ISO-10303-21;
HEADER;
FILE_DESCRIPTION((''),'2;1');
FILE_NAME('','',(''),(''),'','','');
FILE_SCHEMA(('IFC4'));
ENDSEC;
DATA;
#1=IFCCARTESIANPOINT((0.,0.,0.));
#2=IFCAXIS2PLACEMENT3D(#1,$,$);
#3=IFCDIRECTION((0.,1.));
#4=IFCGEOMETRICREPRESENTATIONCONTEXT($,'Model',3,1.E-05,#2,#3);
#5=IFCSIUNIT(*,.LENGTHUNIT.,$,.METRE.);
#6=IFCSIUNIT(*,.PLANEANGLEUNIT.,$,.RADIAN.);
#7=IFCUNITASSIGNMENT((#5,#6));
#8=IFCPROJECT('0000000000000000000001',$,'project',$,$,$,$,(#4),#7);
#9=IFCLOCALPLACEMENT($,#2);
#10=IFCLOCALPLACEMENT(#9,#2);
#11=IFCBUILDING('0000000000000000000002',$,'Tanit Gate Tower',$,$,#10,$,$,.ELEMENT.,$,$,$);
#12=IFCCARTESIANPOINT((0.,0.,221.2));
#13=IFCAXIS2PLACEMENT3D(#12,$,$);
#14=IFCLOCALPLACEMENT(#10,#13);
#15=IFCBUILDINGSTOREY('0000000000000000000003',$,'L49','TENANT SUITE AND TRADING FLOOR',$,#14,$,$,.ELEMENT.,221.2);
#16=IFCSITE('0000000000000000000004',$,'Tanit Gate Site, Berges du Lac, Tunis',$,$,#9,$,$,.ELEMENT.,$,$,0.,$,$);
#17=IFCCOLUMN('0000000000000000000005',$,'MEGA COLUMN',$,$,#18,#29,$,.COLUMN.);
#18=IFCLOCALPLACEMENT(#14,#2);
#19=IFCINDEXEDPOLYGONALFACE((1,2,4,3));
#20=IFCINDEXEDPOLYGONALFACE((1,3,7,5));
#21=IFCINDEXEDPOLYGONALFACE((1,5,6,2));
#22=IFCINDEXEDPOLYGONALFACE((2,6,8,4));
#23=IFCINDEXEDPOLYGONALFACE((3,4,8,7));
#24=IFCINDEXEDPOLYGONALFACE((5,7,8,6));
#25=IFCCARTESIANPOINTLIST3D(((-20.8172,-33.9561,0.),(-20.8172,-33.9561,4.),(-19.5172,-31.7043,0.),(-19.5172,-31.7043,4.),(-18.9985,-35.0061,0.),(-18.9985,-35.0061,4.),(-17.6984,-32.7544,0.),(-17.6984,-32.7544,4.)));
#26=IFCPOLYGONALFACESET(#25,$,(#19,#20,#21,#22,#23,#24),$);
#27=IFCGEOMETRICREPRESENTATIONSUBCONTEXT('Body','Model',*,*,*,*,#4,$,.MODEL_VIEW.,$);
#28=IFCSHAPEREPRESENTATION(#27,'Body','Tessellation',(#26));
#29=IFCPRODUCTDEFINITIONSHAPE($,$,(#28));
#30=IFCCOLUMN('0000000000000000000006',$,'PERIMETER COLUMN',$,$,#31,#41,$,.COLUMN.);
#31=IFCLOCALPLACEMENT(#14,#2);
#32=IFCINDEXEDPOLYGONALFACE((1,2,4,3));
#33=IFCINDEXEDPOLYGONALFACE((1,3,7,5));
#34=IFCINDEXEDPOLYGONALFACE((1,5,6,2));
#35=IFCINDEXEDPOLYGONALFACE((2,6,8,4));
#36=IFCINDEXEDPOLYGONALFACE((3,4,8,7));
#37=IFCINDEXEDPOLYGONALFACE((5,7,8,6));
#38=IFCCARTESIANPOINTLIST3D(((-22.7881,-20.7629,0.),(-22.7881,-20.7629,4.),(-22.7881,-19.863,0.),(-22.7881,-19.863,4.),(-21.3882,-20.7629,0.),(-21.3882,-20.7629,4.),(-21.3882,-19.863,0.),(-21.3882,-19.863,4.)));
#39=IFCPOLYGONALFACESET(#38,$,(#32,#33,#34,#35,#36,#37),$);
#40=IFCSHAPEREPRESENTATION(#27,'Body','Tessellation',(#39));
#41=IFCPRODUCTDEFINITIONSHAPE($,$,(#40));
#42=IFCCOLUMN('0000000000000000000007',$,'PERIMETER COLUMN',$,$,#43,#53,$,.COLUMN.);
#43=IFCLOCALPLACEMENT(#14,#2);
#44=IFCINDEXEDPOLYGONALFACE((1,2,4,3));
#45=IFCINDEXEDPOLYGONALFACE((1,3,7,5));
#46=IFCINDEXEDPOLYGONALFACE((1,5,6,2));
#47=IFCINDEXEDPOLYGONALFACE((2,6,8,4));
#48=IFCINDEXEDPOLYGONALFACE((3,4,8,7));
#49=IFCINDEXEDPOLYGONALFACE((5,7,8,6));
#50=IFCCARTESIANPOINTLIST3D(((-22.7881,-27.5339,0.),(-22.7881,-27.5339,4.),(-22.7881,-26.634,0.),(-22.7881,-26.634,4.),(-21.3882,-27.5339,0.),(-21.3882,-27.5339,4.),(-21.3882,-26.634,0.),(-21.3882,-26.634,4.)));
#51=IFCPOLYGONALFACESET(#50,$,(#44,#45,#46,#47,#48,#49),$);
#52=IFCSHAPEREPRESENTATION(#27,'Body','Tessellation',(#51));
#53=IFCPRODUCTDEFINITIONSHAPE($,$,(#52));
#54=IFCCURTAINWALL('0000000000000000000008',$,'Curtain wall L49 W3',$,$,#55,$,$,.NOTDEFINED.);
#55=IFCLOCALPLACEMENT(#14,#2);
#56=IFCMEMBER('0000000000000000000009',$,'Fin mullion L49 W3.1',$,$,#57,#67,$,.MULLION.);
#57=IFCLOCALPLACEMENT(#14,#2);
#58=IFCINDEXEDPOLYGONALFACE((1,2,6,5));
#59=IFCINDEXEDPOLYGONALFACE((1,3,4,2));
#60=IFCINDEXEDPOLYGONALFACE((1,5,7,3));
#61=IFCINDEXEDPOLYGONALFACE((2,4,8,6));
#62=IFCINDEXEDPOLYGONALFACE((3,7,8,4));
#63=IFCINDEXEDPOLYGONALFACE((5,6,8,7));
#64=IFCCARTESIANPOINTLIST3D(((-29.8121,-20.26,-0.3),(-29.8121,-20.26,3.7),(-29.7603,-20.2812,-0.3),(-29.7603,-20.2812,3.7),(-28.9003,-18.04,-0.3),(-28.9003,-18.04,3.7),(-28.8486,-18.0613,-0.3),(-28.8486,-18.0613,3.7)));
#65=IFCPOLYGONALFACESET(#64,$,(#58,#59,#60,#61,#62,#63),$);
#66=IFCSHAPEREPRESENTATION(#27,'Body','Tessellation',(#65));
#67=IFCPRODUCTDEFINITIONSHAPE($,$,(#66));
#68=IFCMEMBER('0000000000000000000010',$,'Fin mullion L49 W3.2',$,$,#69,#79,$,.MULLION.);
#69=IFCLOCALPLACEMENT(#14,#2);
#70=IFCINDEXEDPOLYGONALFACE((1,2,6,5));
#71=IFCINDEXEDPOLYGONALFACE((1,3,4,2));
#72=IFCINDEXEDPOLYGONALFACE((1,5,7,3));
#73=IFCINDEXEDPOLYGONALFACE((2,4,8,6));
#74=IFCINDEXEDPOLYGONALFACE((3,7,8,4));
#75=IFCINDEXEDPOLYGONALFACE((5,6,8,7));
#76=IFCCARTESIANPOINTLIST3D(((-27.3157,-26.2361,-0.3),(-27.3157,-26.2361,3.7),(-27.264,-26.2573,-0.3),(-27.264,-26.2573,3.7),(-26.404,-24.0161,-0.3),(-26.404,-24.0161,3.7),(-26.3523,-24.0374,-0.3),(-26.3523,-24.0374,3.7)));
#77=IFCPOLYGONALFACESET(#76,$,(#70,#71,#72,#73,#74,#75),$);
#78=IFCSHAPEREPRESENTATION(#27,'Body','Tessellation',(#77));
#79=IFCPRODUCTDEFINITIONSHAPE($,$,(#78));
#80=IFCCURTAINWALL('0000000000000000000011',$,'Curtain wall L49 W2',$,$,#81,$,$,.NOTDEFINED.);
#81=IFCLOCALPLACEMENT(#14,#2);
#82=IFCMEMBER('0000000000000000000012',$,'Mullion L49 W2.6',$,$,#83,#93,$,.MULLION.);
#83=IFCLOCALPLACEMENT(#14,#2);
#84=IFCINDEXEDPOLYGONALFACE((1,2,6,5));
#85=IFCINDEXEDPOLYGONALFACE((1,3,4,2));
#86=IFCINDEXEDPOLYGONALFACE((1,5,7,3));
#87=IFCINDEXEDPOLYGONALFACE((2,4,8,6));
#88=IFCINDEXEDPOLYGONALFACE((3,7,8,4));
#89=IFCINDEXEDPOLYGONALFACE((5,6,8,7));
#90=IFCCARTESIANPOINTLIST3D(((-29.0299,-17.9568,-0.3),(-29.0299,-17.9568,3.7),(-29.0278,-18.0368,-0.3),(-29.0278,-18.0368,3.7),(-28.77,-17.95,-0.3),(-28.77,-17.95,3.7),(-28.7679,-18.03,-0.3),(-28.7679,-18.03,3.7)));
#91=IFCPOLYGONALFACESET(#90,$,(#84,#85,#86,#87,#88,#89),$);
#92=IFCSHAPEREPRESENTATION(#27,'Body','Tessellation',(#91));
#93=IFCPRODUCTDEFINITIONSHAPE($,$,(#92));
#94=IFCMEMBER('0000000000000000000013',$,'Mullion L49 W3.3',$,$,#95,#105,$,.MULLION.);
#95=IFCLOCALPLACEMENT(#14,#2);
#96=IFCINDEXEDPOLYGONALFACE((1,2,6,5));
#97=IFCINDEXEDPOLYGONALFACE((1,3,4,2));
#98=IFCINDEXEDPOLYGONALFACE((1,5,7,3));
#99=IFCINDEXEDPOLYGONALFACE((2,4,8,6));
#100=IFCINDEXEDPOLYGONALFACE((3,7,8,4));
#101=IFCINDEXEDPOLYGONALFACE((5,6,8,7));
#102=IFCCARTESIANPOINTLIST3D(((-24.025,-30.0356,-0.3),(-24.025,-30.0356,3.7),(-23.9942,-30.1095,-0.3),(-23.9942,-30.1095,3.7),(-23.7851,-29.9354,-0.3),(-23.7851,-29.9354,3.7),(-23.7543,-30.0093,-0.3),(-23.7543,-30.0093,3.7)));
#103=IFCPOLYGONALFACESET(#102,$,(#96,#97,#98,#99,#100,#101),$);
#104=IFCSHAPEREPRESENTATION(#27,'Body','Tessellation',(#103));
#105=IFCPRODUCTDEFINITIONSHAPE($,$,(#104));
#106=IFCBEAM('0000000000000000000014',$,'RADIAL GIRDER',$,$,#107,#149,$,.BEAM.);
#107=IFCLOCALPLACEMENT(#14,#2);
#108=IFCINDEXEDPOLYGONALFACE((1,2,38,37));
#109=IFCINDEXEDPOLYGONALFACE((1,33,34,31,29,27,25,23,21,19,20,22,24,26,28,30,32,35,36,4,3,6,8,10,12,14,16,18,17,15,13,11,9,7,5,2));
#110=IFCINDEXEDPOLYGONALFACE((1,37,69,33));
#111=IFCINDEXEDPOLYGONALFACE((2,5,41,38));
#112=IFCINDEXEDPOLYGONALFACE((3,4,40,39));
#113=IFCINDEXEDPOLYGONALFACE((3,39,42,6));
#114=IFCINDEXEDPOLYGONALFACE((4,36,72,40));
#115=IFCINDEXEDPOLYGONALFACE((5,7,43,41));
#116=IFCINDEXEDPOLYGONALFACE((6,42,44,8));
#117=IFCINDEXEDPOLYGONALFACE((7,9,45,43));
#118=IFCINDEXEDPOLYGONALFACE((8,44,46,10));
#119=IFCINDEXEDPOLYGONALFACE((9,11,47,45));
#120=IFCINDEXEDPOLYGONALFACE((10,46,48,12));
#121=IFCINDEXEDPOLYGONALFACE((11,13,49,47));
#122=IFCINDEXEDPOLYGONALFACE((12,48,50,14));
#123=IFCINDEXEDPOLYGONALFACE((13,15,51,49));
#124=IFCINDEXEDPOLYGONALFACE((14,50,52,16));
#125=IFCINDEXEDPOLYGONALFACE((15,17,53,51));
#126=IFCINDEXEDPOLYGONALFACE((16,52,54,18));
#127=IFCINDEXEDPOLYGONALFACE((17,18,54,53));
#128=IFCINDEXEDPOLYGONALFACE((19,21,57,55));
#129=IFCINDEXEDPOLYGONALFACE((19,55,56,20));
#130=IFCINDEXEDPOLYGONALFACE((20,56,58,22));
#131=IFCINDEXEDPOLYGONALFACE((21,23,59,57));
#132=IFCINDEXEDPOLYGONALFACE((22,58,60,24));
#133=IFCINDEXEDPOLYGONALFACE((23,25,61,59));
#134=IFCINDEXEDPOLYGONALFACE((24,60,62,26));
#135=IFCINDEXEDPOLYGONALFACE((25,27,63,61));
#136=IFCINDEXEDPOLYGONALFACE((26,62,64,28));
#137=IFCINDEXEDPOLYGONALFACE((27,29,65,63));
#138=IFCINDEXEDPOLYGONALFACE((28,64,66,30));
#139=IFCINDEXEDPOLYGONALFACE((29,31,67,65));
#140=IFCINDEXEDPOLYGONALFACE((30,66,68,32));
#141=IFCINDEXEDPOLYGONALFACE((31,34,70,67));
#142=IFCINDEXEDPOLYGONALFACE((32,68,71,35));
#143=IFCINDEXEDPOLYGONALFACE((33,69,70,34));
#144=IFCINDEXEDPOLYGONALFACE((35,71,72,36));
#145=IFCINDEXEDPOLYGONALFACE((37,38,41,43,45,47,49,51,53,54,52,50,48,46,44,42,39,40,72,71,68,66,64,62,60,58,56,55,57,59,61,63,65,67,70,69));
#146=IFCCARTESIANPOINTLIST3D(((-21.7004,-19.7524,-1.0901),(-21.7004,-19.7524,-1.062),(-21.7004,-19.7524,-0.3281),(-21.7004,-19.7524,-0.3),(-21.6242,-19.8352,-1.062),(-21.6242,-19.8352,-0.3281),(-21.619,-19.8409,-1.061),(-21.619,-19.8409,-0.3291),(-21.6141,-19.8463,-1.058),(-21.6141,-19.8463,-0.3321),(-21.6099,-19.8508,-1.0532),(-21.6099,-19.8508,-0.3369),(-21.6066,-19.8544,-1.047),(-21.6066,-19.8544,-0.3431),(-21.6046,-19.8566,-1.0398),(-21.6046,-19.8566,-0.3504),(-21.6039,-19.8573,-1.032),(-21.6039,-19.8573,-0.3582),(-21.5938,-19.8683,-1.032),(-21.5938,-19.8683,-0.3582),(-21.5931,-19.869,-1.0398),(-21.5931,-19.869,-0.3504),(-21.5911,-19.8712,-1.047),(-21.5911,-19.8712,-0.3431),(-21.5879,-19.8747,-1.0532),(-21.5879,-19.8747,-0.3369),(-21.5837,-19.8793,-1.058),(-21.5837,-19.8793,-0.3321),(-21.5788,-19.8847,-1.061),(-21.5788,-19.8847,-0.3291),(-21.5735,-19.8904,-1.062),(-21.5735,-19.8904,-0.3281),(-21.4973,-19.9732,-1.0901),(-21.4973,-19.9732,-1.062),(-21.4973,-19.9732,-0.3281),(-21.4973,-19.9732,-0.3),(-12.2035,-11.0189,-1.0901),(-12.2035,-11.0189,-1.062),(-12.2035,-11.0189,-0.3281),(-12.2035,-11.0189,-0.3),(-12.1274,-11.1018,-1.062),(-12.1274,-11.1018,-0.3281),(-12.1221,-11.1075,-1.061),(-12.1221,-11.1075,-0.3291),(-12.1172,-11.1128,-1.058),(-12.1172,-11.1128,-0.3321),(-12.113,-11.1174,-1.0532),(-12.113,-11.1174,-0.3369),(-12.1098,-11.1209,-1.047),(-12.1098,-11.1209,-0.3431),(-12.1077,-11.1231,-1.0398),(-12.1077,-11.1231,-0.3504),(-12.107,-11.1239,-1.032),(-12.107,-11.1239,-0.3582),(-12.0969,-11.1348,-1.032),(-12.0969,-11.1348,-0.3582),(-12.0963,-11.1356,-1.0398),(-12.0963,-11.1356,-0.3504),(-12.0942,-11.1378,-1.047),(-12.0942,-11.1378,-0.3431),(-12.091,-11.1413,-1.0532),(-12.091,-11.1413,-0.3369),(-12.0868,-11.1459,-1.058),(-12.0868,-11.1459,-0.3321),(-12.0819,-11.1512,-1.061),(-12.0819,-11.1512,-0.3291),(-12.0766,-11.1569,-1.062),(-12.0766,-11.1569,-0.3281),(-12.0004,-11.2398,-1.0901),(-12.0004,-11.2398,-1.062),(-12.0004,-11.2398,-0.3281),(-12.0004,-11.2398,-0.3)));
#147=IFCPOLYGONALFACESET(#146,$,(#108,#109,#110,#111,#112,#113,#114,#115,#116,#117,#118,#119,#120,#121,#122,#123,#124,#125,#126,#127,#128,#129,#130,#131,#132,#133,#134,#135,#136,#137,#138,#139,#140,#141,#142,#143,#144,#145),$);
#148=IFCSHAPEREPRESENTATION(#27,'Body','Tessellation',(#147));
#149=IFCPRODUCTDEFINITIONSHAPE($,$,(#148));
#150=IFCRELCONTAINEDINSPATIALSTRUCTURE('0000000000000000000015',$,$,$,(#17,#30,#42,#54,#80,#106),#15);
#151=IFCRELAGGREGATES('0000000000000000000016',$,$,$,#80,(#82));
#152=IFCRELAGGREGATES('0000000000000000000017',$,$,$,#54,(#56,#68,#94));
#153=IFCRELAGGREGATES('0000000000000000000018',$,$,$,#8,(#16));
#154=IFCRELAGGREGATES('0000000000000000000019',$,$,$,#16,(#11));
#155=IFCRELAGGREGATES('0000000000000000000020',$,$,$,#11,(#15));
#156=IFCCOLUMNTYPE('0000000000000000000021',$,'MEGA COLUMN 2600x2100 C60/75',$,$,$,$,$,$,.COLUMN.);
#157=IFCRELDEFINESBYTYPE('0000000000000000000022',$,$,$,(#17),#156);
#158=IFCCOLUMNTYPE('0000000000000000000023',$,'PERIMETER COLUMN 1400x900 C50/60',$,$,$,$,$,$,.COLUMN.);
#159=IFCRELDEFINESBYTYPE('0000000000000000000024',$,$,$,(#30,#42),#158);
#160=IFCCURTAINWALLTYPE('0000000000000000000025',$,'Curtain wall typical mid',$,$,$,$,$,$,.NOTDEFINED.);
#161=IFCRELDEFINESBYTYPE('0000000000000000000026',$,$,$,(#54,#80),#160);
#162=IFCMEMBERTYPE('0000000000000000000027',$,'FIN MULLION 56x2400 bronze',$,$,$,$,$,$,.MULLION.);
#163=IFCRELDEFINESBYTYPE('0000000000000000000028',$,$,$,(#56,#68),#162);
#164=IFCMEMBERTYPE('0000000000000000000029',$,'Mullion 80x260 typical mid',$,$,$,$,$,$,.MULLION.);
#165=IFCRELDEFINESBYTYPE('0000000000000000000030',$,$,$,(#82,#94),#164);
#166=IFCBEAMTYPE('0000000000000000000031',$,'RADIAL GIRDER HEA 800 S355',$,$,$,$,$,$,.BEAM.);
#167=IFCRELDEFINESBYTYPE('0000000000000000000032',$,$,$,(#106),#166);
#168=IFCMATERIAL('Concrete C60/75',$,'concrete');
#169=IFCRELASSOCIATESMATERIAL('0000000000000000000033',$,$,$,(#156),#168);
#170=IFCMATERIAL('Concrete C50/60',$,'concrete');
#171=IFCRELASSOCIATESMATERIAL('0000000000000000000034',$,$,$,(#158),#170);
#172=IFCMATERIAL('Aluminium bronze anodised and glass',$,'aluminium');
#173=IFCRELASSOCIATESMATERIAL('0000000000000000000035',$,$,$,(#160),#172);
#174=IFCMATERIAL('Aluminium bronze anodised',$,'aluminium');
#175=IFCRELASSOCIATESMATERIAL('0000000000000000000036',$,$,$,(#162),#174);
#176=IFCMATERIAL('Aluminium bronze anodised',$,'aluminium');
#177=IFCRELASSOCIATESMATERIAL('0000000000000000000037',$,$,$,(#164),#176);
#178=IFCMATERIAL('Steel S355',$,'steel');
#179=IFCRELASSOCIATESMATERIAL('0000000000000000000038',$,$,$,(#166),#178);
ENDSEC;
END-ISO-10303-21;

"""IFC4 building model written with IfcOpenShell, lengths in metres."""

from ifc_helpers import new_model, si_unit, direction, frame, origin, origin_2d, place, context, subcontext, project, spatial, rectangle, i_section, extrude, material, material_profile, profile_set, type_object, element, aggregate, save


model = new_model("IFC4")

# Units and contexts
model_context = context("Model", 3, precision=1e-05, world=origin(), true_north=direction((0.0, 1.0)))
body_context = subcontext(model_context, "Body", "Model", "MODEL_VIEW")
ifc_project = project(units=[si_unit("LENGTHUNIT", "METRE"), si_unit("PLANEANGLEUNIT", "RADIAN")], contexts=[model_context])

# Site, building, storey
site_placement = place(None, origin())
site = spatial("IfcSite", under=ifc_project, at=site_placement, Name="Tanit Gate Site, Berges du Lac, Tunis", CompositionType="ELEMENT", RefElevation=0.0)
building_placement = place(site_placement, origin())
building = spatial("IfcBuilding", under=site, at=building_placement, Name="Tanit Gate Tower", CompositionType="ELEMENT")
storey_placement = place(building_placement, frame((0.0, 0.0, 221.2)))
storey = spatial("IfcBuildingStorey", under=building, at=storey_placement, Name="L49", Description="TENANT SUITE AND TRADING FLOOR", CompositionType="ELEMENT", Elevation=221.2)

# Columns
ifc_material_1 = material(Name="Concrete C60/75", Category="concrete")
ifc_material_profile_1 = material_profile(ifc_material_1, rectangle(XDim=2.6001, YDim=2.1001, at=origin_2d()), Name="RC 2600x2100")
ifc_profile_set_1 = profile_set([ifc_material_profile_1], Name="Concrete C60/75")
column_type_1 = type_object("IfcColumnType", Name="MEGA COLUMN 2600x2100 C60/75", PredefinedType="COLUMN", material=ifc_profile_set_1)
column_placement = place(storey_placement, frame((-19.2578, -33.3552, 0.0), z_axis=(0.0, 0.0, 1.0), x_axis=(-0.5, -0.866025, 0.0)))
element("IfcColumn", 1, at=column_placement, inside=storey, type_object=column_type_1, Name="MEGA COLUMN", PredefinedType="COLUMN", context=body_context, shape_type="SweptSolid", body=[
    extrude(rectangle(XDim=2.6001, YDim=2.1001, at=origin_2d()), origin(), (0.0, 0.0, 1.0), 4.0),
])
ifc_material_2 = material(Name="Concrete C50/60", Category="concrete")
ifc_material_profile_2 = material_profile(ifc_material_2, rectangle(XDim=1.3999, YDim=0.8999, at=origin_2d()), Name="RC 1400x900")
ifc_profile_set_2 = profile_set([ifc_material_profile_2], Name="Concrete C50/60")
column_type_2 = type_object("IfcColumnType", Name="PERIMETER COLUMN 1400x900 C50/60", PredefinedType="COLUMN", material=ifc_profile_set_2)
for number, where, z_axis, x_axis, name in (
    (2, (-22.0881, -20.313, 0.0), (0.0, 0.0, 1.0), (-1.0, 0.0, 0.0), "PERIMETER COLUMN"),
    (3, (-22.0881, -27.084, 0.0), (0.0, 0.0, 1.0), (-1.0, 0.0, 0.0), "PERIMETER COLUMN"),
):
    element("IfcColumn", number, at=place(storey_placement, frame(where, z_axis=z_axis, x_axis=x_axis)), inside=storey, type_object=column_type_2, Name=name, PredefinedType="COLUMN", context=body_context, shape_type="SweptSolid", body=[
        extrude(rectangle(XDim=1.3999, YDim=0.8999, at=origin_2d()), origin(), (0.0, 0.0, 1.0), 4.0),
    ])

# Curtain wall, members
ifc_material_3 = material(Name="Aluminium bronze anodised and glass", Category="aluminium")
curtain_wall_type = type_object("IfcCurtainWallType", Name="Curtain wall typical mid", PredefinedType="NOTDEFINED", material=ifc_material_3)
curtain_wall_1_placement = place(storey_placement, origin())
curtain_wall_1 = element("IfcCurtainWall", 4, at=curtain_wall_1_placement, inside=storey, type_object=curtain_wall_type, Name="Curtain wall L49 W3", PredefinedType="NOTDEFINED")
ifc_material_4 = material(Name="Aluminium bronze anodised", Category="aluminium")
ifc_material_profile_3 = material_profile(ifc_material_4, rectangle(XDim=2.3999, YDim=0.0559, at=origin_2d()), Name="56x2400 bronze fin mullion")
ifc_profile_set_3 = profile_set([ifc_material_profile_3], Name="Aluminium bronze anodised")
member_type_1 = type_object("IfcMemberType", Name="FIN MULLION 56x2400 bronze", PredefinedType="MULLION", material=ifc_profile_set_3)
member_1_placement = place(storey_placement, frame((-29.3303, -19.1606, -0.3), z_axis=(0.0, 0.0, 1.0), x_axis=(0.379912, 0.925023, 0.0)))
member_1 = element("IfcMember", 5, at=member_1_placement, type_object=member_type_1, Name="Fin mullion L49 W3.1", PredefinedType="MULLION", context=body_context, shape_type="SweptSolid", body=[
    extrude(rectangle(XDim=2.3999, YDim=0.0559, at=origin_2d()), origin(), (0.0, 0.0, 1.0), 4.0),
])
member_2_placement = place(storey_placement, frame((-26.834, -25.1367, -0.3), z_axis=(0.0, 0.0, 1.0), x_axis=(0.379912, 0.925023, 0.0)))
member_2 = element("IfcMember", 6, at=member_2_placement, type_object=member_type_1, Name="Fin mullion L49 W3.2", PredefinedType="MULLION", context=body_context, shape_type="SweptSolid", body=[
    extrude(rectangle(XDim=2.3999, YDim=0.0559, at=origin_2d()), origin(), (0.0, 0.0, 1.0), 4.0),
])

# Curtain wall, member
curtain_wall_2_placement = place(storey_placement, origin())
curtain_wall_2 = element("IfcCurtainWall", 7, at=curtain_wall_2_placement, inside=storey, type_object=curtain_wall_type, Name="Curtain wall L49 W2", PredefinedType="NOTDEFINED")
ifc_material_5 = material(Name="Aluminium bronze anodised", Category="aluminium")
ifc_material_profile_4 = material_profile(ifc_material_5, rectangle(XDim=0.26, YDim=0.0801, at=origin_2d()), Name="80x260 bronze mullion")
ifc_profile_set_4 = profile_set([ifc_material_profile_4], Name="Aluminium bronze anodised")
member_type_2 = type_object("IfcMemberType", Name="Mullion 80x260 typical mid", PredefinedType="MULLION", material=ifc_profile_set_4)
member_3_placement = place(storey_placement, frame((-28.8989, -17.9934, -0.3), z_axis=(0.0, 0.0, 1.0), x_axis=(0.99966, 0.026063, 0.0)))
member_3 = element("IfcMember", 8, at=member_3_placement, type_object=member_type_2, Name="Mullion L49 W2.6", PredefinedType="MULLION", context=body_context, shape_type="SweptSolid", body=[
    extrude(rectangle(XDim=0.26, YDim=0.0801, at=origin_2d()), origin(), (0.0, 0.0, 1.0), 4.0),
])
aggregate(curtain_wall_2, [member_3])

# Member
member_4_placement = place(storey_placement, frame((-23.8896, -30.0225, -0.3), z_axis=(0.0, 0.0, 1.0), x_axis=(0.922728, 0.385451, 0.0)))
member_4 = element("IfcMember", 9, at=member_4_placement, type_object=member_type_2, Name="Mullion L49 W3.3", PredefinedType="MULLION", context=body_context, shape_type="SweptSolid", body=[
    extrude(rectangle(XDim=0.26, YDim=0.0801, at=origin_2d()), origin(), (0.0, 0.0, 1.0), 4.0),
])

# Beam
ifc_material_6 = material(Name="Steel S355", Category="steel")
ifc_material_profile_5 = material_profile(ifc_material_6, i_section(OverallWidth=0.3, OverallDepth=0.79, WebThickness=0.0149, FlangeThickness=0.0281, FilletRadius=0.03, at=origin_2d()), Name="HEA 800")
ifc_profile_set_5 = profile_set([ifc_material_profile_5], Name="Steel S355")
beam_type_1 = type_object("IfcBeamType", Name="RADIAL GIRDER HEA 800 S355", PredefinedType="BEAM", material=ifc_profile_set_5)
beam_1_placement = place(storey_placement, frame((-21.5989, -19.8628, -0.6951), z_axis=(0.736073, 0.676902, 0.0), x_axis=(-0.676902, 0.736073, 0.0)))
element("IfcBeam", 10, at=beam_1_placement, inside=storey, type_object=beam_type_1, Name="RADIAL GIRDER", PredefinedType="BEAM", context=body_context, shape_type="SweptSolid", body=[
    extrude(i_section(OverallWidth=0.3, OverallDepth=0.79, WebThickness=0.0149, FlangeThickness=0.0281, FilletRadius=0.03, at=origin_2d()), origin(), (0.0, 0.0, 1.0), 12.9021),
])

aggregate(curtain_wall_1, [member_1, member_2, member_4])

save(model, "model.ifc")
